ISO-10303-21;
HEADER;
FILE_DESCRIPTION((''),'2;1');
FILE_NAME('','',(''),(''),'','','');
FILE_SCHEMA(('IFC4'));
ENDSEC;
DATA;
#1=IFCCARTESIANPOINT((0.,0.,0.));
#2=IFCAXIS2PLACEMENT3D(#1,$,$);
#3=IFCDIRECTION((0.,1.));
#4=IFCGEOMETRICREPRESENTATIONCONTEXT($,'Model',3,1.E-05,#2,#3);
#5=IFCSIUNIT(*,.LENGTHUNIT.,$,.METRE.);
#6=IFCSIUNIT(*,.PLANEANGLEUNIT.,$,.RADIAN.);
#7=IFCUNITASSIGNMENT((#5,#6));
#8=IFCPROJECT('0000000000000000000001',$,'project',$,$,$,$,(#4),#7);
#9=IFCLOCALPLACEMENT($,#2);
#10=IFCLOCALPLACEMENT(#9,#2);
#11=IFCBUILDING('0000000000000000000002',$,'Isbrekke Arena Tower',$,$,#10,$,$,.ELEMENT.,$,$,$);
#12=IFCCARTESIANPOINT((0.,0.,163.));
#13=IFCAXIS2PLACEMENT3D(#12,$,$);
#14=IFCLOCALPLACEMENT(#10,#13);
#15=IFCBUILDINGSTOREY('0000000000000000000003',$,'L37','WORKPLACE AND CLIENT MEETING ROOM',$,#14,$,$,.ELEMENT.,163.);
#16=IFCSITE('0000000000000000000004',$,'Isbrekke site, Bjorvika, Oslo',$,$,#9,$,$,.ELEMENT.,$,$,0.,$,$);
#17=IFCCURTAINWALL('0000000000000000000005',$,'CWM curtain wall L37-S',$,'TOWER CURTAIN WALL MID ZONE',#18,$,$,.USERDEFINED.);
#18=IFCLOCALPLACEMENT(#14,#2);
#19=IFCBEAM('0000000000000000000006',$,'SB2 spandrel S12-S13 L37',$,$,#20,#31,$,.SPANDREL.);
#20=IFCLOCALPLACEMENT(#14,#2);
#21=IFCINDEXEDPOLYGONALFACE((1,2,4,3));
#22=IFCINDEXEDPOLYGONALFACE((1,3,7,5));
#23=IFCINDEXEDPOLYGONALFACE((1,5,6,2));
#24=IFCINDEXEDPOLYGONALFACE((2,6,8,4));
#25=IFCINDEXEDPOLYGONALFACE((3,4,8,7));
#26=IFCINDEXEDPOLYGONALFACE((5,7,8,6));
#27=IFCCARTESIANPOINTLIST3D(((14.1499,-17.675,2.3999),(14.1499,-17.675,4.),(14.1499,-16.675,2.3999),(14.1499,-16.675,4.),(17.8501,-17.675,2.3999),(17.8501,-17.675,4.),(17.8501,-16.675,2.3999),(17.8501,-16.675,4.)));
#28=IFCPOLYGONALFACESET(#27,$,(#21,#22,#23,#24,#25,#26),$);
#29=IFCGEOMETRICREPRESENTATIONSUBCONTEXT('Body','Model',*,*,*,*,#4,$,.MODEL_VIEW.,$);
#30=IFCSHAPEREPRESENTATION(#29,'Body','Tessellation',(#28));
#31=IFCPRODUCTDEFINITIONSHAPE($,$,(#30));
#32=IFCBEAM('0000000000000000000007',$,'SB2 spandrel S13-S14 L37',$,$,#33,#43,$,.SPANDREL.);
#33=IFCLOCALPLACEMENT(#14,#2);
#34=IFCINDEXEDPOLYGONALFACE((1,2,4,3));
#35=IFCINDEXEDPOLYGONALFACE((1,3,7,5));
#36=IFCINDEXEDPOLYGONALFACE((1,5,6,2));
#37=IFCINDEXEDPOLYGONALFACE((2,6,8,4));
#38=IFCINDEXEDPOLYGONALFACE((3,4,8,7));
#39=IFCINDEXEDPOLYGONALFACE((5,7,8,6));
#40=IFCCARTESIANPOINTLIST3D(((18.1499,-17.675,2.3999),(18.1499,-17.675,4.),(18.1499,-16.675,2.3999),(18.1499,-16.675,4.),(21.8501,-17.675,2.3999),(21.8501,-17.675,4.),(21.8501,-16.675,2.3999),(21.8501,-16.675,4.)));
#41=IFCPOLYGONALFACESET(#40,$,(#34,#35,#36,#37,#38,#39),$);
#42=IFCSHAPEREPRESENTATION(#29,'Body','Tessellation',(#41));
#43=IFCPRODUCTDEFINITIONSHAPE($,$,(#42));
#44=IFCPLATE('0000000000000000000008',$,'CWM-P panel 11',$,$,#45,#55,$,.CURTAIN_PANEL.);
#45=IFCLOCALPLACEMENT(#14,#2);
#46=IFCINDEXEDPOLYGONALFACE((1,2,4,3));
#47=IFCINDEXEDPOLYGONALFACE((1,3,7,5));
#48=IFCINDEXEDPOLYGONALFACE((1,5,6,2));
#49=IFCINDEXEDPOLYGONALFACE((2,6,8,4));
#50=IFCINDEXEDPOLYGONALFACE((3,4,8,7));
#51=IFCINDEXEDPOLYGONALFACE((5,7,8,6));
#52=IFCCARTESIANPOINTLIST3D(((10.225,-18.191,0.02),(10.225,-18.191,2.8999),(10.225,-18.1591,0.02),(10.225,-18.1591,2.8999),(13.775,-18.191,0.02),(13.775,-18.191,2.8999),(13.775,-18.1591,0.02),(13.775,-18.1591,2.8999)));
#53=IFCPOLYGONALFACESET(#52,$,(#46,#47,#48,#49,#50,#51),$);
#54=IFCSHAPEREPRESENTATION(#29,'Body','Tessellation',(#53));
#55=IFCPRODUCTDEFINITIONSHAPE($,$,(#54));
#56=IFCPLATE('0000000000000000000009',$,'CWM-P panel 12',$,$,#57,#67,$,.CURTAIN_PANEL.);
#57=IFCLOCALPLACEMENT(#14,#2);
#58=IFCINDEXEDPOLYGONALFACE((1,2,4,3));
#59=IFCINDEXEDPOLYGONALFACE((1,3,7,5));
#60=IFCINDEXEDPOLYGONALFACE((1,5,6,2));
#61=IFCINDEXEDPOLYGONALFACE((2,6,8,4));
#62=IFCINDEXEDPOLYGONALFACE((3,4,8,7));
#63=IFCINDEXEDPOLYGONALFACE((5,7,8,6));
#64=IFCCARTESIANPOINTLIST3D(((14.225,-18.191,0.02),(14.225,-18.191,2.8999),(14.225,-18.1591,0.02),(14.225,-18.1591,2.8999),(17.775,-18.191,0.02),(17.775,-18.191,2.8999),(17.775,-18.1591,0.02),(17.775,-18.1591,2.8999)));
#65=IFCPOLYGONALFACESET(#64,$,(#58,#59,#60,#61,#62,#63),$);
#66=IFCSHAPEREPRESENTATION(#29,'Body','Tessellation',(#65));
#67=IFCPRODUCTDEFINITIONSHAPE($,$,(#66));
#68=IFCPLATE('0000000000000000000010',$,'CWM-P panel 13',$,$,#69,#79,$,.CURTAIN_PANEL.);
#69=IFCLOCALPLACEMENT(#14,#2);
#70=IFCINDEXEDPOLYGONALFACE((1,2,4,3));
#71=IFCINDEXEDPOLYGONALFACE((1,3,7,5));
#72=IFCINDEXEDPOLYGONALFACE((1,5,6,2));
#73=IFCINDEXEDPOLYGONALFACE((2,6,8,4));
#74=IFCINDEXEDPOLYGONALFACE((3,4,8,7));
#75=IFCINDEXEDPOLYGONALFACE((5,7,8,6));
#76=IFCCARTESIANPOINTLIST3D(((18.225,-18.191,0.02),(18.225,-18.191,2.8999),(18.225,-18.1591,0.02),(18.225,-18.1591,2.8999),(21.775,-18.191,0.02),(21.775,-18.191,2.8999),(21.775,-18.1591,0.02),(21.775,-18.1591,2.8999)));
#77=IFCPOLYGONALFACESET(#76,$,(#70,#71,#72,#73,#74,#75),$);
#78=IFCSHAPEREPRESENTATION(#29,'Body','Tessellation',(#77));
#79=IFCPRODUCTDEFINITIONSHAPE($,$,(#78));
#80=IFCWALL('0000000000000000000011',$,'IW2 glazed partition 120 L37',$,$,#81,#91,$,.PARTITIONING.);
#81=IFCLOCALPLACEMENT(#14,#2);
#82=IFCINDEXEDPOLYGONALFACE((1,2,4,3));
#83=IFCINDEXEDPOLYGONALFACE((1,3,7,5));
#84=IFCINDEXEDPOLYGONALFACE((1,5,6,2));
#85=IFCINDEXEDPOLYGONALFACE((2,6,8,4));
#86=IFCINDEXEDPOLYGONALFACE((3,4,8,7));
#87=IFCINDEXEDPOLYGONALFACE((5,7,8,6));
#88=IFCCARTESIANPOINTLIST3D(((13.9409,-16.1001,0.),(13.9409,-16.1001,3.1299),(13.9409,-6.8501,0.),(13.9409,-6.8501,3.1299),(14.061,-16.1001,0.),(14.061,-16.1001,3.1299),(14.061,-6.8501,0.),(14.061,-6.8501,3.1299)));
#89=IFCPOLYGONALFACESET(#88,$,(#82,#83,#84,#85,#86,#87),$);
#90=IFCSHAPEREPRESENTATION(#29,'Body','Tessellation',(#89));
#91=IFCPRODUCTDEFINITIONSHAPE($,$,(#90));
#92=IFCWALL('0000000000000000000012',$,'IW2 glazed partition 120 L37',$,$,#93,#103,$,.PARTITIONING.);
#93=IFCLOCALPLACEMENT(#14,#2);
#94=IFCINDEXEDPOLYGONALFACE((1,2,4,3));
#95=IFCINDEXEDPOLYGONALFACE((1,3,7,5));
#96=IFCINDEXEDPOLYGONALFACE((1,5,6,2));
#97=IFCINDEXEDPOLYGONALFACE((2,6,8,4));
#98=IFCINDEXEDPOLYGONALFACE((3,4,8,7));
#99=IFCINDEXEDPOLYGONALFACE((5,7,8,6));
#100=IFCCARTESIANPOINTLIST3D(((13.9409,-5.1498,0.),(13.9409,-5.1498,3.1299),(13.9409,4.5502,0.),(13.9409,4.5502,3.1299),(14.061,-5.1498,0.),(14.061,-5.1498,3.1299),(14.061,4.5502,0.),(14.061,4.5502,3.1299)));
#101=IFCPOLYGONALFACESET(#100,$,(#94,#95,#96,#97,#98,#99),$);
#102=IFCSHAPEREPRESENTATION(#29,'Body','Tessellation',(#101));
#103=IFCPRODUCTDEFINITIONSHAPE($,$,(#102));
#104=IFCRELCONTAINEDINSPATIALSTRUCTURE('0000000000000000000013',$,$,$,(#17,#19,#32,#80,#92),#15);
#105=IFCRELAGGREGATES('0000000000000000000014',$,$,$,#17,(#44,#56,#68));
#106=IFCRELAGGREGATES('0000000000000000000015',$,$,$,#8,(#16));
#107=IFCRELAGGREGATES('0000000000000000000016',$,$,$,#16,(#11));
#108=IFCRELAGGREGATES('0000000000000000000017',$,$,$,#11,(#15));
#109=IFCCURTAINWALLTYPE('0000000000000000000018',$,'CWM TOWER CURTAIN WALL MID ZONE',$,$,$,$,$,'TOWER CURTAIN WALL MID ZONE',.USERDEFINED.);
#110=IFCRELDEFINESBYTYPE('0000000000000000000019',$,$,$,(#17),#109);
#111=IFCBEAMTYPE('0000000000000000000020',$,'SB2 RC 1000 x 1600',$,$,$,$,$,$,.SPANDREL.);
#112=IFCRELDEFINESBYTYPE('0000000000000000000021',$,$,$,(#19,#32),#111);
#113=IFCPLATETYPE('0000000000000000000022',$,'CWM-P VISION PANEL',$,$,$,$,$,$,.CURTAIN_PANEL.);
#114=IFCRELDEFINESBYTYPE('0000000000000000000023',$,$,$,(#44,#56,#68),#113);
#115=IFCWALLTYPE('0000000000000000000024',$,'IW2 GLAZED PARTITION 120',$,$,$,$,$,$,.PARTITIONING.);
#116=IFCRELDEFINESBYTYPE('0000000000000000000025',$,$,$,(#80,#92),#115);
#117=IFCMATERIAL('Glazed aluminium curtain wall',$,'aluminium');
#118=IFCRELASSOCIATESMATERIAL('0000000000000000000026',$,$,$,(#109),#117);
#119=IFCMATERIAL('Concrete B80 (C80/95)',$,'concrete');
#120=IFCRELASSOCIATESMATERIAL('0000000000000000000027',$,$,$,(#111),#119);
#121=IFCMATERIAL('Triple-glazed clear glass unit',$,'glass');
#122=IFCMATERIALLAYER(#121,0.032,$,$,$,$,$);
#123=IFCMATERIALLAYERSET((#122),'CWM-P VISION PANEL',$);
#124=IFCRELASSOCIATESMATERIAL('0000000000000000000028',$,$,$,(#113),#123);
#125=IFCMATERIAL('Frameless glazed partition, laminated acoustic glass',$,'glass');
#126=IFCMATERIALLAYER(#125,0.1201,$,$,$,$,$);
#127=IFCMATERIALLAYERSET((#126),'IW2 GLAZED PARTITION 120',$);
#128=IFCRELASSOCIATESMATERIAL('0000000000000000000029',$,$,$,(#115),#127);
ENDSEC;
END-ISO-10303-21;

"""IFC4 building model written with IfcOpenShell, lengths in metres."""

from ifc_helpers import new_model, si_unit, direction, frame, frame_2d, origin, origin_2d, place, context, subcontext, project, spatial, rectangle, extrude, material, layer, layer_set, material_profile, profile_set, type_object, element, aggregate, save


model = new_model("IFC4")

# Units and contexts
model_context = context("Model", 3, precision=1e-05, world=origin(), true_north=direction((0.0, 1.0)))
body_context = subcontext(model_context, "Body", "Model", "MODEL_VIEW")
ifc_project = project(units=[si_unit("LENGTHUNIT", "METRE"), si_unit("PLANEANGLEUNIT", "RADIAN")], contexts=[model_context])

# Site, building, storey
site_placement = place(None, origin())
site = spatial("IfcSite", under=ifc_project, at=site_placement, Name="Isbrekke site, Bjorvika, Oslo", CompositionType="ELEMENT", RefElevation=0.0)
building_placement = place(site_placement, origin())
building = spatial("IfcBuilding", under=site, at=building_placement, Name="Isbrekke Arena Tower", CompositionType="ELEMENT")
storey_placement = place(building_placement, frame((0.0, 0.0, 163.0)))
storey = spatial("IfcBuildingStorey", under=building, at=storey_placement, Name="L37", Description="WORKPLACE AND CLIENT MEETING ROOM", CompositionType="ELEMENT", Elevation=163.0)

# Curtain wall
ifc_material_1 = material(Name="Glazed aluminium curtain wall", Category="aluminium")
curtain_wall_type = type_object("IfcCurtainWallType", Name="CWM TOWER CURTAIN WALL MID ZONE", ElementType="TOWER CURTAIN WALL MID ZONE", PredefinedType="USERDEFINED", material=ifc_material_1)
curtain_wall_placement = place(storey_placement, origin())
curtain_wall = element("IfcCurtainWall", 1, at=curtain_wall_placement, inside=storey, type_object=curtain_wall_type, Name="CWM curtain wall L37-S", ObjectType="TOWER CURTAIN WALL MID ZONE", PredefinedType="USERDEFINED")

# Beams
ifc_material_2 = material(Name="Concrete B80 (C80/95)", Category="concrete")
ifc_material_profile_1 = material_profile(ifc_material_2, rectangle(XDim=1.0, YDim=1.6001, at=origin_2d()), Name="RC 1000x1600")
ifc_profile_set_1 = profile_set([ifc_material_profile_1], Name="Concrete B80 (C80/95)")
beam_type_1 = type_object("IfcBeamType", Name="SB2 RC 1000 x 1600", PredefinedType="SPANDREL", material=ifc_profile_set_1)
for number, where, z_axis, x_axis, name in (
    (2, (14.1499, -17.175, 3.2), (1.0, 0.0, 0.0), (0.0, 1.0, 0.0), "SB2 spandrel S12-S13 L37"),
    (3, (18.1499, -17.175, 3.2), (1.0, 0.0, 0.0), (0.0, 1.0, 0.0), "SB2 spandrel S13-S14 L37"),
):
    element("IfcBeam", number, at=place(storey_placement, frame(where, z_axis=z_axis, x_axis=x_axis)), inside=storey, type_object=beam_type_1, Name=name, PredefinedType="SPANDREL", context=body_context, shape_type="SweptSolid", body=[
        extrude(rectangle(XDim=1.0, YDim=1.6001, at=origin_2d()), origin(), (0.0, 0.0, 1.0), 3.7002),
    ])

# Plates
ifc_material_3 = material(Name="Triple-glazed clear glass unit", Category="glass")
ifc_layer_1 = layer(ifc_material_3, 0.032)
ifc_layer_set_1 = layer_set([ifc_layer_1], Name="CWM-P VISION PANEL")
plate_type = type_object("IfcPlateType", Name="CWM-P VISION PANEL", PredefinedType="CURTAIN_PANEL", material=ifc_layer_set_1)
plate_1_placement = place(storey_placement, frame((12.0, -18.175, 0.02), z_axis=(0.0, 0.0, 1.0), x_axis=(1.0, 0.0, 0.0)))
plate_1 = element("IfcPlate", 4, at=plate_1_placement, type_object=plate_type, Name="CWM-P panel 11", PredefinedType="CURTAIN_PANEL", context=body_context, shape_type="SweptSolid", body=[
    extrude(rectangle(XDim=3.55, YDim=0.032, at=origin_2d()), origin(), (0.0, 0.0, 1.0), 2.8799),
])
plate_2_placement = place(storey_placement, frame((16.0, -18.175, 0.02), z_axis=(0.0, 0.0, 1.0), x_axis=(1.0, 0.0, 0.0)))
plate_2 = element("IfcPlate", 5, at=plate_2_placement, type_object=plate_type, Name="CWM-P panel 12", PredefinedType="CURTAIN_PANEL", context=body_context, shape_type="SweptSolid", body=[
    extrude(rectangle(XDim=3.55, YDim=0.032, at=origin_2d()), origin(), (0.0, 0.0, 1.0), 2.8799),
])
plate_3_placement = place(storey_placement, frame((20.0, -18.175, 0.02), z_axis=(0.0, 0.0, 1.0), x_axis=(1.0, 0.0, 0.0)))
plate_3 = element("IfcPlate", 6, at=plate_3_placement, type_object=plate_type, Name="CWM-P panel 13", PredefinedType="CURTAIN_PANEL", context=body_context, shape_type="SweptSolid", body=[
    extrude(rectangle(XDim=3.55, YDim=0.032, at=origin_2d()), origin(), (0.0, 0.0, 1.0), 2.8799),
])
aggregate(curtain_wall, [plate_1, plate_2, plate_3])

# Walls
ifc_material_4 = material(Name="Frameless glazed partition, laminated acoustic glass", Category="glass")
ifc_layer_2 = layer(ifc_material_4, 0.1201)
ifc_layer_set_2 = layer_set([ifc_layer_2], Name="IW2 GLAZED PARTITION 120")
wall_type = type_object("IfcWallType", Name="IW2 GLAZED PARTITION 120", PredefinedType="PARTITIONING", material=ifc_layer_set_2)
wall_1_placement = place(storey_placement, frame((14.001, -16.1001, 0.0), z_axis=(0.0, 0.0, 1.0), x_axis=(0.0, 1.0, 0.0)))
element("IfcWall", 7, at=wall_1_placement, inside=storey, type_object=wall_type, Name="IW2 glazed partition 120 L37", PredefinedType="PARTITIONING", context=body_context, shape_type="SweptSolid", body=[
    extrude(rectangle(XDim=9.25, YDim=0.1201, at=frame_2d((4.625, 0.0))), origin(), (0.0, 0.0, 1.0), 3.1299),
])
wall_2_placement = place(storey_placement, frame((14.001, -5.1499, 0.0), z_axis=(0.0, 0.0, 1.0), x_axis=(0.0, 1.0, 0.0)))
element("IfcWall", 8, at=wall_2_placement, inside=storey, type_object=wall_type, Name="IW2 glazed partition 120 L37", PredefinedType="PARTITIONING", context=body_context, shape_type="SweptSolid", body=[
    extrude(rectangle(XDim=9.7, YDim=0.1201, at=frame_2d((4.8501, 0.0))), origin(), (0.0, 0.0, 1.0), 3.1299),
])

save(model, "model.ifc")
